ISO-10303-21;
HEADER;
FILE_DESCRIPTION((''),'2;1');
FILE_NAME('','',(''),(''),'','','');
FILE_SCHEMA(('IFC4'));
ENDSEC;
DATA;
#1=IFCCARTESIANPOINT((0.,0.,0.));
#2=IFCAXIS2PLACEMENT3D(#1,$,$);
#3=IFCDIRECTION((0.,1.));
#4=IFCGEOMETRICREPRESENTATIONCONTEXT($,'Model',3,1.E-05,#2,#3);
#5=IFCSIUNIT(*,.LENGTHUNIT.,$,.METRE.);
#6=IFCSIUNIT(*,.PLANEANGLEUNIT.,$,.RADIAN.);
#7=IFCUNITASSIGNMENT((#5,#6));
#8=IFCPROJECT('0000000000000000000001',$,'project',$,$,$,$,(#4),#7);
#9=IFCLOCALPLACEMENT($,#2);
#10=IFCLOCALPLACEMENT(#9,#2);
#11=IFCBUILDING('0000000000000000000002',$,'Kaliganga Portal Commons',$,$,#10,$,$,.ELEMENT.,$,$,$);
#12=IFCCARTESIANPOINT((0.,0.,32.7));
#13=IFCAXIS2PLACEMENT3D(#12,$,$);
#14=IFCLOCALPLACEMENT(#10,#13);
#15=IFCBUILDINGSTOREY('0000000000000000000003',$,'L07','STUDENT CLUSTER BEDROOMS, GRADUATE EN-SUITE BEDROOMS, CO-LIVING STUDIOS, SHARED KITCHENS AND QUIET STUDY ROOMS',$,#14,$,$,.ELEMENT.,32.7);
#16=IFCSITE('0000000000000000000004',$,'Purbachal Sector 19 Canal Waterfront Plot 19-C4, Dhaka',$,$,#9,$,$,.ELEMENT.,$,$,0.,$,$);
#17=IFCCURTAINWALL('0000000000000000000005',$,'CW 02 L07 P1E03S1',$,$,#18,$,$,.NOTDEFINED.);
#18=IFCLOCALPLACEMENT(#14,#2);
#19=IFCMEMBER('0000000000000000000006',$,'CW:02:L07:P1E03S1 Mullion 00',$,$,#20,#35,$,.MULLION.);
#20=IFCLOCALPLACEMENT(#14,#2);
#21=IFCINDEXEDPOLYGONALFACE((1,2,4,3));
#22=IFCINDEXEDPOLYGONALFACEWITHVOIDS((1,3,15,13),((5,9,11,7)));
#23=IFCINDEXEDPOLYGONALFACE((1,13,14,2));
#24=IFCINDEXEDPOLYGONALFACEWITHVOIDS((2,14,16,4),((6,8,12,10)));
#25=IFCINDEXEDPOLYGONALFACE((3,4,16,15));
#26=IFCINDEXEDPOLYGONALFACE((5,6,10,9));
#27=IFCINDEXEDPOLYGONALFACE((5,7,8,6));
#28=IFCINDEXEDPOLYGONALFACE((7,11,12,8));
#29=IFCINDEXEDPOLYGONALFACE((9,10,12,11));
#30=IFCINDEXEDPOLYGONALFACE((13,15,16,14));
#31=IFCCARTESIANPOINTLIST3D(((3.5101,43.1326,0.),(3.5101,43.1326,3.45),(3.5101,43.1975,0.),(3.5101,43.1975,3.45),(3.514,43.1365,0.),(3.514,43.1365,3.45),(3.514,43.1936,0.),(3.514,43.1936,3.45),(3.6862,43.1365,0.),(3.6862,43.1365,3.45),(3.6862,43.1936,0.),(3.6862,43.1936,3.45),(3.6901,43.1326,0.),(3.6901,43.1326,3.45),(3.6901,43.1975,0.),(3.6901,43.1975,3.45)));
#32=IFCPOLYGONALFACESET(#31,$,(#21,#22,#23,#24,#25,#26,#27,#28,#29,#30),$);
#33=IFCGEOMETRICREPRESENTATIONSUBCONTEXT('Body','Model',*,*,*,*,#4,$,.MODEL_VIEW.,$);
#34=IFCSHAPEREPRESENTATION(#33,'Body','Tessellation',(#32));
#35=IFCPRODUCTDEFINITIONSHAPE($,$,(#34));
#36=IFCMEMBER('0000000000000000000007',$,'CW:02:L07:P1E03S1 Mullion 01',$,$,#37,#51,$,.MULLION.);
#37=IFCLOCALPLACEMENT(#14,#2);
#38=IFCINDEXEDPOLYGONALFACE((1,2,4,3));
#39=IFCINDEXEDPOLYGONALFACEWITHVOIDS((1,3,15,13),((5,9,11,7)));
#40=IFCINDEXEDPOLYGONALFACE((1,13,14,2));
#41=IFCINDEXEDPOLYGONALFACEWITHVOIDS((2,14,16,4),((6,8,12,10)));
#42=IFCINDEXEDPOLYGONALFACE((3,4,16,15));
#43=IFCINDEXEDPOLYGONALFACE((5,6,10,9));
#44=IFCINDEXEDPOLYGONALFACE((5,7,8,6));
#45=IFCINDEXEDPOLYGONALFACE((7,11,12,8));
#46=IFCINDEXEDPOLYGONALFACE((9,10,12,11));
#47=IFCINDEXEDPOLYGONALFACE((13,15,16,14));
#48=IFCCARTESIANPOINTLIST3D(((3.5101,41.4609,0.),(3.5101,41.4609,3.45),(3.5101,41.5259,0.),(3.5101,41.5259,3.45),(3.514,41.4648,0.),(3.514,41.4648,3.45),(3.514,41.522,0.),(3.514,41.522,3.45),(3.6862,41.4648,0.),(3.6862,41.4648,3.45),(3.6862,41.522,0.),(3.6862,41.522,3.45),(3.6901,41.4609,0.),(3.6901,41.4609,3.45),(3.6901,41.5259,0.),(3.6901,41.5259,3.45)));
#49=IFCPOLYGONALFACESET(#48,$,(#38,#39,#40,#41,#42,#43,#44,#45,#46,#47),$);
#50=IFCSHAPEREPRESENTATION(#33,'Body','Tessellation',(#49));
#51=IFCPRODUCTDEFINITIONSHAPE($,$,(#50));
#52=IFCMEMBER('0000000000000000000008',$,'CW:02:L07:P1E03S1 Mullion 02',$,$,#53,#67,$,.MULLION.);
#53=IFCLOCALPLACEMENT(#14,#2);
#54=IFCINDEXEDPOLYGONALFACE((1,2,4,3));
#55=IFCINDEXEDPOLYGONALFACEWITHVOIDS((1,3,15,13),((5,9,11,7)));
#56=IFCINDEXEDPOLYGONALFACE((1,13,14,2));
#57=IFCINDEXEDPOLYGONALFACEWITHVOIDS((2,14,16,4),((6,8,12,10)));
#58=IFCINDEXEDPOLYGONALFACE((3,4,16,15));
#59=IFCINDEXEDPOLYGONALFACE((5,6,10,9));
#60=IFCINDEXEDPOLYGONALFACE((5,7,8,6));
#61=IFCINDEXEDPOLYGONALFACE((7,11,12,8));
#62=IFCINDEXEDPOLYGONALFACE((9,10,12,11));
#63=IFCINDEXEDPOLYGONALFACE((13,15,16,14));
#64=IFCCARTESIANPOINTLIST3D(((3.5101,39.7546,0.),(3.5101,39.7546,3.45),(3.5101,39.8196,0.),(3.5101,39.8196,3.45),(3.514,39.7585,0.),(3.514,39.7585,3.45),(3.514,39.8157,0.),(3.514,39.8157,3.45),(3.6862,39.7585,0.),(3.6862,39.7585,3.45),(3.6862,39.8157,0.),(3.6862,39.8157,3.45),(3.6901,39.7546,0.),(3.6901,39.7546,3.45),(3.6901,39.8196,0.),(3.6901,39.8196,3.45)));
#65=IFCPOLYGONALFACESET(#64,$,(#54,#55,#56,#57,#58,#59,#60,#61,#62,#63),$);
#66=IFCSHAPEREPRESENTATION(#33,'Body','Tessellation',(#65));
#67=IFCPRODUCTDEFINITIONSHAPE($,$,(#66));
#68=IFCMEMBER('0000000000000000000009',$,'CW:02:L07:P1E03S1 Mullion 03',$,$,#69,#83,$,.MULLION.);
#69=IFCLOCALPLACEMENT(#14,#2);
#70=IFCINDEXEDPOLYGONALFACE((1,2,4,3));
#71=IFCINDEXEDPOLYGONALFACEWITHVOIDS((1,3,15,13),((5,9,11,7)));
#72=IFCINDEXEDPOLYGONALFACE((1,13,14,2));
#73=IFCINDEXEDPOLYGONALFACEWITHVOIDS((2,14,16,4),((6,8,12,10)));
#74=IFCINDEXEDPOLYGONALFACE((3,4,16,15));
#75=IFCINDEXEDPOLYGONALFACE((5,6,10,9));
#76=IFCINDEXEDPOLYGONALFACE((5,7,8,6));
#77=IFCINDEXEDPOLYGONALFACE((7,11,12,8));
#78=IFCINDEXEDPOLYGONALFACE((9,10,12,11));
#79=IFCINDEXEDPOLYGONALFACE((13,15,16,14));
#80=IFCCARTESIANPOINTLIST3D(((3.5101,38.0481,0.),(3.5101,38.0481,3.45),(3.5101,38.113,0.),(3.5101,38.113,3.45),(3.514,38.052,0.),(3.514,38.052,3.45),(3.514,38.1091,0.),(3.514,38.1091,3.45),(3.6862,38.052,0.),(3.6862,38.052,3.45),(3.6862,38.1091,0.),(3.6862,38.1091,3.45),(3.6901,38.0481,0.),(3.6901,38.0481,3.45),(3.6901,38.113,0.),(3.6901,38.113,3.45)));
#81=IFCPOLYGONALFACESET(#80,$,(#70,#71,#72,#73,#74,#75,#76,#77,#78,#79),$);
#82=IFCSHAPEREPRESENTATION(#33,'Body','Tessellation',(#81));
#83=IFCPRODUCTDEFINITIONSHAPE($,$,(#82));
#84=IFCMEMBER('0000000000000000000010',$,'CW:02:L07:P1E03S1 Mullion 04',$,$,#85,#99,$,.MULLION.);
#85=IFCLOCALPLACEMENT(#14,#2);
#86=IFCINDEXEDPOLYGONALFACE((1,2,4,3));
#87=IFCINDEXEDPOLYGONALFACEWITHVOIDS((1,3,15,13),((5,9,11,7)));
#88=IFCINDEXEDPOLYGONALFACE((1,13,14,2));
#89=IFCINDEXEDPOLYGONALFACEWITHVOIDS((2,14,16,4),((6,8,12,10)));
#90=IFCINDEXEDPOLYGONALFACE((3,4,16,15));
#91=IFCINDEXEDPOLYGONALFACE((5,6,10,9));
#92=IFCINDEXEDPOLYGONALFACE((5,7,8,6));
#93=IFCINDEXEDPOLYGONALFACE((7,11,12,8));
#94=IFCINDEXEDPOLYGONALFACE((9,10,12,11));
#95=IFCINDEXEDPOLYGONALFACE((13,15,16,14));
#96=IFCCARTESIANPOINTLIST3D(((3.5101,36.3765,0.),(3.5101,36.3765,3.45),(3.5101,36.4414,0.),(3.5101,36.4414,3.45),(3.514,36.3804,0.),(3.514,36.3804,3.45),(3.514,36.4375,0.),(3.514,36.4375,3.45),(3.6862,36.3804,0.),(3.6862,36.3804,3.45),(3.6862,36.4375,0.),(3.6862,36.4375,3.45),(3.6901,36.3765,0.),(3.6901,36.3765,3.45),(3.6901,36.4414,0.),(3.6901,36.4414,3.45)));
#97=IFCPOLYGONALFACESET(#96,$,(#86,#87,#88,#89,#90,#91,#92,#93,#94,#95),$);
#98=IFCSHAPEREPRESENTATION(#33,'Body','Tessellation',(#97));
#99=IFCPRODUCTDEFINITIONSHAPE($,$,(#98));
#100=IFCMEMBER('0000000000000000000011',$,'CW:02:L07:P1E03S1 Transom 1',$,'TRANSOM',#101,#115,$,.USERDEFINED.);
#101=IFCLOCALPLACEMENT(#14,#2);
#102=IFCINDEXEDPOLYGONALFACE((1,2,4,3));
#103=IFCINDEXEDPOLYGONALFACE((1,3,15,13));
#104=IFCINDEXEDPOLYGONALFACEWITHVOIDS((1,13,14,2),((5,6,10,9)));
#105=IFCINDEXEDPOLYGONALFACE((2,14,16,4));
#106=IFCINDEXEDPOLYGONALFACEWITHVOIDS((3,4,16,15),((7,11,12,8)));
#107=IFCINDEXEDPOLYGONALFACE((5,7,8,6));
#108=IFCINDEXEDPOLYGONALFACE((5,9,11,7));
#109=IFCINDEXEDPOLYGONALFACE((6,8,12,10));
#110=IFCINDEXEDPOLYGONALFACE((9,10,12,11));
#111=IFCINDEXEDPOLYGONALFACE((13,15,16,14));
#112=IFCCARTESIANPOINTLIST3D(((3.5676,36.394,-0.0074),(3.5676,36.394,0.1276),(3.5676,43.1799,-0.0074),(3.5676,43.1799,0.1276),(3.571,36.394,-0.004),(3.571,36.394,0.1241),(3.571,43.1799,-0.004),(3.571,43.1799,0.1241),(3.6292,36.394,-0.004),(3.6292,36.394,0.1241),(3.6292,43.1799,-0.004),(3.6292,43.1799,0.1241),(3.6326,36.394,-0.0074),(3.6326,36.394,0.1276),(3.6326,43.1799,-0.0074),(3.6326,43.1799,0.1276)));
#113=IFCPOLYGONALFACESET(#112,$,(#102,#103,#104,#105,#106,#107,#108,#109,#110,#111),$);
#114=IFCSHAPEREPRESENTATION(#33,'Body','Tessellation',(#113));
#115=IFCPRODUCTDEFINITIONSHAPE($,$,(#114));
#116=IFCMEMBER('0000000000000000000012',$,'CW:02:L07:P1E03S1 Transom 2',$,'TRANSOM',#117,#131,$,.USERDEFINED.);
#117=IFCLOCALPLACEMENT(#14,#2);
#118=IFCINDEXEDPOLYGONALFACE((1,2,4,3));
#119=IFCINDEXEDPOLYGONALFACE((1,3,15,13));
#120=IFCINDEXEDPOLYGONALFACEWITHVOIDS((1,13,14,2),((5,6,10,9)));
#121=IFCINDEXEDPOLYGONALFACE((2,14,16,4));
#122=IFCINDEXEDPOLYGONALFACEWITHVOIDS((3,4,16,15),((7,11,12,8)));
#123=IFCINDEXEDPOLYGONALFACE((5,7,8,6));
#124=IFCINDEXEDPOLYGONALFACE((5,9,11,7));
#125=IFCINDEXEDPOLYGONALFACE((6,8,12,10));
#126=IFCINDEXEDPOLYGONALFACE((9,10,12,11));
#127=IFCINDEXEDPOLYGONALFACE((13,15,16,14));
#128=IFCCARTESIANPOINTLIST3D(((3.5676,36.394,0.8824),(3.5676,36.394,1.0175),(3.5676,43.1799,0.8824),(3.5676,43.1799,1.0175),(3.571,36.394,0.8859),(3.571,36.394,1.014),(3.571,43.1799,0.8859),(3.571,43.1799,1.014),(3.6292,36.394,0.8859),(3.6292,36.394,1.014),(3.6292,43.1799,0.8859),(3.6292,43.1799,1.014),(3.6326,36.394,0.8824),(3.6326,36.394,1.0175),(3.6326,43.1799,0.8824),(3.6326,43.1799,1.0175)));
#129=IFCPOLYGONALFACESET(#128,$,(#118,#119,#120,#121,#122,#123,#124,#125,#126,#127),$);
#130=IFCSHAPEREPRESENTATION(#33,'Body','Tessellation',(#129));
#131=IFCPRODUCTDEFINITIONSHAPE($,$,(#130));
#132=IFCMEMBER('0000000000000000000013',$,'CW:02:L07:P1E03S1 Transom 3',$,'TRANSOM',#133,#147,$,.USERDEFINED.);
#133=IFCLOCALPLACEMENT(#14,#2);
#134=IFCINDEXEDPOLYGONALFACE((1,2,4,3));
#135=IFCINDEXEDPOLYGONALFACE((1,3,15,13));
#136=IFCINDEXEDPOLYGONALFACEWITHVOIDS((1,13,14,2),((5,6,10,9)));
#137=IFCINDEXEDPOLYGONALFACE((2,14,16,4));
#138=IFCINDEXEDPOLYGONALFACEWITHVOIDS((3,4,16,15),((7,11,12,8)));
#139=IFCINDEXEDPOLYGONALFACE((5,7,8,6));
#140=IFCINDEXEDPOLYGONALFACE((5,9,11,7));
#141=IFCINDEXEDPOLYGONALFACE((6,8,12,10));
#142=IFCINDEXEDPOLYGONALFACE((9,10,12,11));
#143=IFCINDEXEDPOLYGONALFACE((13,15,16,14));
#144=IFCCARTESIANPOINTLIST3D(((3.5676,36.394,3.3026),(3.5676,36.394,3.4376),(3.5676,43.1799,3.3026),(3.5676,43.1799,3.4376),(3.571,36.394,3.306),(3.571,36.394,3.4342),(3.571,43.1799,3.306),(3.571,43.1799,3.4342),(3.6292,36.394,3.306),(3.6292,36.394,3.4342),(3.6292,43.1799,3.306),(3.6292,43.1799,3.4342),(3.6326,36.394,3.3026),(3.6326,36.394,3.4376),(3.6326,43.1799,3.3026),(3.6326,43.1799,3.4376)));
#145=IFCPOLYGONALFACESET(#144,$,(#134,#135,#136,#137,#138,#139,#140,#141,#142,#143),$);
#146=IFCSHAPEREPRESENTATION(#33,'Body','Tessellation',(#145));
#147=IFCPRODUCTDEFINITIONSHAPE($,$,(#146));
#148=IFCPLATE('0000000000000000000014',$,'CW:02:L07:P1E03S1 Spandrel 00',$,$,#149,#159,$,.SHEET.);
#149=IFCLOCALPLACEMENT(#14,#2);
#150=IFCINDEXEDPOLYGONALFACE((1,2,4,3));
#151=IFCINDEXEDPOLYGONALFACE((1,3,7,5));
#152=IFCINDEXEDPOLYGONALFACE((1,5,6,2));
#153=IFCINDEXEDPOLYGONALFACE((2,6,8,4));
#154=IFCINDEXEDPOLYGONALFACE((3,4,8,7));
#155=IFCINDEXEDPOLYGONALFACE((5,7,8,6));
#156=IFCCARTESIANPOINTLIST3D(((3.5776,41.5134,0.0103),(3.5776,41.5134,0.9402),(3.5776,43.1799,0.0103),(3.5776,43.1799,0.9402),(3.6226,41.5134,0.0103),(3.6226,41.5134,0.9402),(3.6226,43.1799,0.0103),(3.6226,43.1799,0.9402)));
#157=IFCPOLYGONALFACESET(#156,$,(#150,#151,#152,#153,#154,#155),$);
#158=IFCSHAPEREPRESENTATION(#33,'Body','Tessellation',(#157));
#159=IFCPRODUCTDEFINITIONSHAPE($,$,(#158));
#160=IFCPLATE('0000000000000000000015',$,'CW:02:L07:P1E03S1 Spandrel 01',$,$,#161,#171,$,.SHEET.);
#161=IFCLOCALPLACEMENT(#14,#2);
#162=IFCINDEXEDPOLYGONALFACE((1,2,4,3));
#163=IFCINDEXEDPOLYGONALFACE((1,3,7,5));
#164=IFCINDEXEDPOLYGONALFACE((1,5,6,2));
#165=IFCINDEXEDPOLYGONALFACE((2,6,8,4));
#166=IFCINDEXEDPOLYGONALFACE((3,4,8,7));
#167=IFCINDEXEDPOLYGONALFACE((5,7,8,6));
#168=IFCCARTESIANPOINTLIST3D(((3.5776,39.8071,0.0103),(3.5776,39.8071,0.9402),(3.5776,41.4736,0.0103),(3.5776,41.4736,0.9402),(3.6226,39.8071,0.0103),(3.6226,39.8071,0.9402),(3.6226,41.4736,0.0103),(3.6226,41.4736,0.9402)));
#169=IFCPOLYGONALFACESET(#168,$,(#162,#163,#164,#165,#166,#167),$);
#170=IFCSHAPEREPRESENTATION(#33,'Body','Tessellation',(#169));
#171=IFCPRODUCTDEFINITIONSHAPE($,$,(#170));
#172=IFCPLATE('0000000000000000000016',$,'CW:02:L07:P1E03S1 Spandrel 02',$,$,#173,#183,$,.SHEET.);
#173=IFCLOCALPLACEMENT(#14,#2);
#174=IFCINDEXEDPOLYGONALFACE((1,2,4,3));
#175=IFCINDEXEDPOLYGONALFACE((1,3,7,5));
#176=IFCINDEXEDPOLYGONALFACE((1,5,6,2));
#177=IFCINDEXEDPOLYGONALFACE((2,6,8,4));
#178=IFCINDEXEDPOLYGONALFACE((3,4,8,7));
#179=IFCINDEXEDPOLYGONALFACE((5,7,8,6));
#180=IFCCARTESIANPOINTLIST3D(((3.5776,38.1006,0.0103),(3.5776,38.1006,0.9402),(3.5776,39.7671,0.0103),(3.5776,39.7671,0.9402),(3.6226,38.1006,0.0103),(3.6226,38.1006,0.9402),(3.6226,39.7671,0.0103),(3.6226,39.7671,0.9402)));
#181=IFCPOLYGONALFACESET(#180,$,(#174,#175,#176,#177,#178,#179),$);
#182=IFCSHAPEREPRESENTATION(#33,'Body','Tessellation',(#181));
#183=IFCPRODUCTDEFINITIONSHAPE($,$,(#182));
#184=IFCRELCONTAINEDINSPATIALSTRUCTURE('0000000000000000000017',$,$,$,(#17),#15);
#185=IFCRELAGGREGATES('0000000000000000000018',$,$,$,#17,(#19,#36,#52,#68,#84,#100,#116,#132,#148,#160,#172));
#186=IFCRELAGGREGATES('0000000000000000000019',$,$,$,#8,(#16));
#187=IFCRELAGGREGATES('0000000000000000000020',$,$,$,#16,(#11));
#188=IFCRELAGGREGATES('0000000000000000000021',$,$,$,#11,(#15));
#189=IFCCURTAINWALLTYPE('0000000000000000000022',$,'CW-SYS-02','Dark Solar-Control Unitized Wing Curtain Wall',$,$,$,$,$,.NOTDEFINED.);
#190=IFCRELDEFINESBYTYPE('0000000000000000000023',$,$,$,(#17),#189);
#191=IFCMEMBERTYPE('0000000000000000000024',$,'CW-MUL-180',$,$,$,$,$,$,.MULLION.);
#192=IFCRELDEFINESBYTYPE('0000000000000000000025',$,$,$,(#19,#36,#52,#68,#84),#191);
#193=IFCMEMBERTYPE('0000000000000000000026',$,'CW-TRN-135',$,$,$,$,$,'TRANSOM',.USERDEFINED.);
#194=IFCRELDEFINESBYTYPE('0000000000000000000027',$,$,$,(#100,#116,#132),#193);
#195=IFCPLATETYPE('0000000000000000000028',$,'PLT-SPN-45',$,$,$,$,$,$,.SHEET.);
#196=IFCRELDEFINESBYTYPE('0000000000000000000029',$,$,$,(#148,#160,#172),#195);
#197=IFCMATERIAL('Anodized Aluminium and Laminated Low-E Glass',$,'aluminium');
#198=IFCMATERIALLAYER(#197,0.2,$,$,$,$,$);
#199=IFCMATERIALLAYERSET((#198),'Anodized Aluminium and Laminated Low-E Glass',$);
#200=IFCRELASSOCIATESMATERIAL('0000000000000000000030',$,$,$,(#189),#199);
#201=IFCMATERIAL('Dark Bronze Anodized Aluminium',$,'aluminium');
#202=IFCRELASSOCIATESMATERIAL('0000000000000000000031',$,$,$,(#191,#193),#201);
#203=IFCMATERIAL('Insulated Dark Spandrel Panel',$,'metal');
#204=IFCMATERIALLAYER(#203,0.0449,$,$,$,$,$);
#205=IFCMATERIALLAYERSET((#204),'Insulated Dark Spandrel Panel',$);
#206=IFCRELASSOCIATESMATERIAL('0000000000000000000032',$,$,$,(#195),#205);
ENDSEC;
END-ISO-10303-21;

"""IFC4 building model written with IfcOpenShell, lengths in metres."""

from ifc_helpers import new_model, si_unit, direction, frame, origin, origin_2d, place, context, subcontext, project, spatial, rectangle, hollow_rectangle, extrude, source, transform, mapped, material, layer, layer_set, material_profile, profile_set, type_object, element, aggregate, save


model = new_model("IFC4")

# Units and contexts
model_context = context("Model", 3, precision=1e-05, world=origin(), true_north=direction((0.0, 1.0)))
body_context = subcontext(model_context, "Body", "Model", "MODEL_VIEW")
ifc_project = project(units=[si_unit("LENGTHUNIT", "METRE"), si_unit("PLANEANGLEUNIT", "RADIAN")], contexts=[model_context])

# Site, building, storey
site_placement = place(None, origin())
site = spatial("IfcSite", under=ifc_project, at=site_placement, Name="Purbachal Sector 19 Canal Waterfront Plot 19-C4, Dhaka", CompositionType="ELEMENT", RefElevation=0.0)
building_placement = place(site_placement, origin())
building = spatial("IfcBuilding", under=site, at=building_placement, Name="Kaliganga Portal Commons", CompositionType="ELEMENT")
storey_placement = place(building_placement, frame((0.0, 0.0, 32.7)))
storey = spatial("IfcBuildingStorey", under=building, at=storey_placement, Name="L07", Description="STUDENT CLUSTER BEDROOMS, GRADUATE EN-SUITE BEDROOMS, CO-LIVING STUDIOS, SHARED KITCHENS AND QUIET STUDY ROOMS", CompositionType="ELEMENT", Elevation=32.7)

# Curtain wall, members, plates
ifc_material_1 = material(Name="Anodized Aluminium and Laminated Low-E Glass", Category="aluminium")
ifc_layer_1 = layer(ifc_material_1, 0.2)
ifc_layer_set_1 = layer_set([ifc_layer_1], Name="Anodized Aluminium and Laminated Low-E Glass")
curtain_wall_type = type_object("IfcCurtainWallType", Name="CW-SYS-02", Description="Dark Solar-Control Unitized Wing Curtain Wall", PredefinedType="NOTDEFINED", material=ifc_layer_set_1)
curtain_wall_placement = place(storey_placement, origin())
curtain_wall = element("IfcCurtainWall", 1, at=curtain_wall_placement, inside=storey, type_object=curtain_wall_type, Name="CW 02 L07 P1E03S1", PredefinedType="NOTDEFINED")
ifc_material_2 = material(Name="Dark Bronze Anodized Aluminium", Category="aluminium")
ifc_material_profile_1 = material_profile(ifc_material_2, hollow_rectangle(XDim=0.0649, YDim=0.1799, WallThickness=0.0039, at=origin_2d()), Name="ALU MULL 65x180x4")
ifc_profile_set_1 = profile_set([ifc_material_profile_1], Name="Dark Bronze Anodized Aluminium")
member_type_1 = type_object("IfcMemberType", Name="CW-MUL-180", PredefinedType="MULLION", material=ifc_profile_set_1)
shared_shape_1 = source(origin(), body_context, "Body", "SweptSolid", [
    extrude(hollow_rectangle(XDim=0.0649, YDim=0.1799, WallThickness=0.0039, at=origin_2d()), origin(), (0.0, 0.0, 1.0), 3.45),
])
member_1_placement = place(storey_placement, frame((3.6001, 43.165, 0.0), z_axis=(0.0, 0.0, 1.0), x_axis=(0.0, -1.0, 0.0)))
member_1 = element("IfcMember", 2, at=member_1_placement, type_object=member_type_1, Name="CW:02:L07:P1E03S1 Mullion 00", PredefinedType="MULLION", context=body_context, shape_type="MappedRepresentation", body=[
    mapped(shared_shape_1, transform((0.0, 0.0, 0.0), x_axis=(1.0, 0.0, 0.0), y_axis=(0.0, 1.0, 0.0), z_axis=(0.0, 0.0, 1.0), scale=1.0)),
])
member_2_placement = place(storey_placement, frame((3.6001, 41.4934, 0.0), z_axis=(0.0, 0.0, 1.0), x_axis=(0.0, -1.0, 0.0)))
member_2 = element("IfcMember", 3, at=member_2_placement, type_object=member_type_1, Name="CW:02:L07:P1E03S1 Mullion 01", PredefinedType="MULLION", context=body_context, shape_type="MappedRepresentation", body=[
    mapped(shared_shape_1, transform((0.0, 0.0, 0.0), x_axis=(1.0, 0.0, 0.0), y_axis=(0.0, 1.0, 0.0), z_axis=(0.0, 0.0, 1.0), scale=1.0)),
])
member_3_placement = place(storey_placement, frame((3.6001, 39.7871, 0.0), z_axis=(0.0, 0.0, 1.0), x_axis=(0.0, -1.0, 0.0)))
member_3 = element("IfcMember", 4, at=member_3_placement, type_object=member_type_1, Name="CW:02:L07:P1E03S1 Mullion 02", PredefinedType="MULLION", context=body_context, shape_type="MappedRepresentation", body=[
    mapped(shared_shape_1, transform((0.0, 0.0, 0.0), x_axis=(1.0, 0.0, 0.0), y_axis=(0.0, 1.0, 0.0), z_axis=(0.0, 0.0, 1.0), scale=1.0)),
])
member_4_placement = place(storey_placement, frame((3.6001, 38.0806, 0.0), z_axis=(0.0, 0.0, 1.0), x_axis=(0.0, -1.0, 0.0)))
member_4 = element("IfcMember", 5, at=member_4_placement, type_object=member_type_1, Name="CW:02:L07:P1E03S1 Mullion 03", PredefinedType="MULLION", context=body_context, shape_type="MappedRepresentation", body=[
    mapped(shared_shape_1, transform((0.0, 0.0, 0.0), x_axis=(1.0, 0.0, 0.0), y_axis=(0.0, 1.0, 0.0), z_axis=(0.0, 0.0, 1.0), scale=1.0)),
])
member_5_placement = place(storey_placement, frame((3.6001, 36.4089, 0.0), z_axis=(0.0, 0.0, 1.0), x_axis=(0.0, -1.0, 0.0)))
member_5 = element("IfcMember", 6, at=member_5_placement, type_object=member_type_1, Name="CW:02:L07:P1E03S1 Mullion 04", PredefinedType="MULLION", context=body_context, shape_type="MappedRepresentation", body=[
    mapped(shared_shape_1, transform((0.0, 0.0, 0.0), x_axis=(1.0, 0.0, 0.0), y_axis=(0.0, 1.0, 0.0), z_axis=(0.0, 0.0, 1.0), scale=1.0)),
])
ifc_material_profile_2 = material_profile(ifc_material_2, hollow_rectangle(XDim=0.0649, YDim=0.135, WallThickness=0.0034, at=origin_2d()), Name="ALU TRAN 65x135x3.5")
ifc_profile_set_2 = profile_set([ifc_material_profile_2], Name="Dark Bronze Anodized Aluminium")
member_type_2 = type_object("IfcMemberType", Name="CW-TRN-135", ElementType="TRANSOM", PredefinedType="USERDEFINED", material=ifc_profile_set_2)
shared_shape_2 = source(origin(), body_context, "Body", "SweptSolid", [
    extrude(hollow_rectangle(XDim=0.0649, YDim=0.135, WallThickness=0.0034, at=origin_2d()), origin(), (0.0, 0.0, 1.0), 6.7859),
])
member_6_placement = place(storey_placement, frame((3.6001, 43.1799, 0.0601), z_axis=(0.0, -1.0, 0.0), x_axis=(1.0, 0.0, 0.0)))
member_6 = element("IfcMember", 7, at=member_6_placement, type_object=member_type_2, Name="CW:02:L07:P1E03S1 Transom 1", ObjectType="TRANSOM", PredefinedType="USERDEFINED", context=body_context, shape_type="MappedRepresentation", body=[
    mapped(shared_shape_2, transform((0.0, 0.0, 0.0), x_axis=(1.0, 0.0, 0.0), y_axis=(0.0, 1.0, 0.0), z_axis=(0.0, 0.0, 1.0), scale=1.0)),
])
member_7_placement = place(storey_placement, frame((3.6001, 43.1799, 0.95), z_axis=(0.0, -1.0, 0.0), x_axis=(1.0, 0.0, 0.0)))
member_7 = element("IfcMember", 8, at=member_7_placement, type_object=member_type_2, Name="CW:02:L07:P1E03S1 Transom 2", ObjectType="TRANSOM", PredefinedType="USERDEFINED", context=body_context, shape_type="MappedRepresentation", body=[
    mapped(shared_shape_2, transform((0.0, 0.0, 0.0), x_axis=(1.0, 0.0, 0.0), y_axis=(0.0, 1.0, 0.0), z_axis=(0.0, 0.0, 1.0), scale=1.0)),
])
member_8_placement = place(storey_placement, frame((3.6001, 43.1799, 3.3701), z_axis=(0.0, -1.0, 0.0), x_axis=(1.0, 0.0, 0.0)))
member_8 = element("IfcMember", 9, at=member_8_placement, type_object=member_type_2, Name="CW:02:L07:P1E03S1 Transom 3", ObjectType="TRANSOM", PredefinedType="USERDEFINED", context=body_context, shape_type="MappedRepresentation", body=[
    mapped(shared_shape_2, transform((0.0, 0.0, 0.0), x_axis=(1.0, 0.0, 0.0), y_axis=(0.0, 1.0, 0.0), z_axis=(0.0, 0.0, 1.0), scale=1.0)),
])
ifc_material_3 = material(Name="Insulated Dark Spandrel Panel", Category="metal")
ifc_layer_2 = layer(ifc_material_3, 0.0449)
ifc_layer_set_2 = layer_set([ifc_layer_2], Name="Insulated Dark Spandrel Panel")
plate_type_1 = type_object("IfcPlateType", Name="PLT-SPN-45", PredefinedType="SHEET", material=ifc_layer_set_2)
shared_shape_3 = source(origin(), body_context, "Body", "SweptSolid", [
    extrude(rectangle(XDim=1.6665, YDim=0.0449, at=origin_2d()), origin(), (0.0, 0.0, 1.0), 0.9299),
])
plate_1_placement = place(storey_placement, frame((3.6001, 42.3467, 0.0103), z_axis=(0.0, 0.0, 1.0), x_axis=(0.0, -1.0, 0.0)))
plate_1 = element("IfcPlate", 10, at=plate_1_placement, type_object=plate_type_1, Name="CW:02:L07:P1E03S1 Spandrel 00", PredefinedType="SHEET", context=body_context, shape_type="MappedRepresentation", body=[
    mapped(shared_shape_3, transform((0.0, 0.0, 0.0), x_axis=(1.0, 0.0, 0.0), y_axis=(0.0, 1.0, 0.0), z_axis=(0.0, 0.0, 1.0), scale=1.0)),
])
plate_2_placement = place(storey_placement, frame((3.6001, 40.6404, 0.0103), z_axis=(0.0, 0.0, 1.0), x_axis=(0.0, -1.0, 0.0)))
plate_2 = element("IfcPlate", 11, at=plate_2_placement, type_object=plate_type_1, Name="CW:02:L07:P1E03S1 Spandrel 01", PredefinedType="SHEET", context=body_context, shape_type="MappedRepresentation", body=[
    mapped(shared_shape_3, transform((0.0, 0.0, 0.0), x_axis=(1.0, 0.0, 0.0), y_axis=(0.0, 1.0, 0.0), z_axis=(0.0, 0.0, 1.0), scale=1.0)),
])
plate_3_placement = place(storey_placement, frame((3.6001, 38.9338, 0.0103), z_axis=(0.0, 0.0, 1.0), x_axis=(0.0, -1.0, 0.0)))
plate_3 = element("IfcPlate", 12, at=plate_3_placement, type_object=plate_type_1, Name="CW:02:L07:P1E03S1 Spandrel 02", PredefinedType="SHEET", context=body_context, shape_type="MappedRepresentation", body=[
    mapped(shared_shape_3, transform((0.0, 0.0, 0.0), x_axis=(1.0, 0.0, 0.0), y_axis=(0.0, 1.0, 0.0), z_axis=(0.0, 0.0, 1.0), scale=1.0)),
])
aggregate(curtain_wall, [member_1, member_2, member_3, member_4, member_5, member_6, member_7, member_8, plate_1, plate_2, plate_3])

save(model, "model.ifc")
